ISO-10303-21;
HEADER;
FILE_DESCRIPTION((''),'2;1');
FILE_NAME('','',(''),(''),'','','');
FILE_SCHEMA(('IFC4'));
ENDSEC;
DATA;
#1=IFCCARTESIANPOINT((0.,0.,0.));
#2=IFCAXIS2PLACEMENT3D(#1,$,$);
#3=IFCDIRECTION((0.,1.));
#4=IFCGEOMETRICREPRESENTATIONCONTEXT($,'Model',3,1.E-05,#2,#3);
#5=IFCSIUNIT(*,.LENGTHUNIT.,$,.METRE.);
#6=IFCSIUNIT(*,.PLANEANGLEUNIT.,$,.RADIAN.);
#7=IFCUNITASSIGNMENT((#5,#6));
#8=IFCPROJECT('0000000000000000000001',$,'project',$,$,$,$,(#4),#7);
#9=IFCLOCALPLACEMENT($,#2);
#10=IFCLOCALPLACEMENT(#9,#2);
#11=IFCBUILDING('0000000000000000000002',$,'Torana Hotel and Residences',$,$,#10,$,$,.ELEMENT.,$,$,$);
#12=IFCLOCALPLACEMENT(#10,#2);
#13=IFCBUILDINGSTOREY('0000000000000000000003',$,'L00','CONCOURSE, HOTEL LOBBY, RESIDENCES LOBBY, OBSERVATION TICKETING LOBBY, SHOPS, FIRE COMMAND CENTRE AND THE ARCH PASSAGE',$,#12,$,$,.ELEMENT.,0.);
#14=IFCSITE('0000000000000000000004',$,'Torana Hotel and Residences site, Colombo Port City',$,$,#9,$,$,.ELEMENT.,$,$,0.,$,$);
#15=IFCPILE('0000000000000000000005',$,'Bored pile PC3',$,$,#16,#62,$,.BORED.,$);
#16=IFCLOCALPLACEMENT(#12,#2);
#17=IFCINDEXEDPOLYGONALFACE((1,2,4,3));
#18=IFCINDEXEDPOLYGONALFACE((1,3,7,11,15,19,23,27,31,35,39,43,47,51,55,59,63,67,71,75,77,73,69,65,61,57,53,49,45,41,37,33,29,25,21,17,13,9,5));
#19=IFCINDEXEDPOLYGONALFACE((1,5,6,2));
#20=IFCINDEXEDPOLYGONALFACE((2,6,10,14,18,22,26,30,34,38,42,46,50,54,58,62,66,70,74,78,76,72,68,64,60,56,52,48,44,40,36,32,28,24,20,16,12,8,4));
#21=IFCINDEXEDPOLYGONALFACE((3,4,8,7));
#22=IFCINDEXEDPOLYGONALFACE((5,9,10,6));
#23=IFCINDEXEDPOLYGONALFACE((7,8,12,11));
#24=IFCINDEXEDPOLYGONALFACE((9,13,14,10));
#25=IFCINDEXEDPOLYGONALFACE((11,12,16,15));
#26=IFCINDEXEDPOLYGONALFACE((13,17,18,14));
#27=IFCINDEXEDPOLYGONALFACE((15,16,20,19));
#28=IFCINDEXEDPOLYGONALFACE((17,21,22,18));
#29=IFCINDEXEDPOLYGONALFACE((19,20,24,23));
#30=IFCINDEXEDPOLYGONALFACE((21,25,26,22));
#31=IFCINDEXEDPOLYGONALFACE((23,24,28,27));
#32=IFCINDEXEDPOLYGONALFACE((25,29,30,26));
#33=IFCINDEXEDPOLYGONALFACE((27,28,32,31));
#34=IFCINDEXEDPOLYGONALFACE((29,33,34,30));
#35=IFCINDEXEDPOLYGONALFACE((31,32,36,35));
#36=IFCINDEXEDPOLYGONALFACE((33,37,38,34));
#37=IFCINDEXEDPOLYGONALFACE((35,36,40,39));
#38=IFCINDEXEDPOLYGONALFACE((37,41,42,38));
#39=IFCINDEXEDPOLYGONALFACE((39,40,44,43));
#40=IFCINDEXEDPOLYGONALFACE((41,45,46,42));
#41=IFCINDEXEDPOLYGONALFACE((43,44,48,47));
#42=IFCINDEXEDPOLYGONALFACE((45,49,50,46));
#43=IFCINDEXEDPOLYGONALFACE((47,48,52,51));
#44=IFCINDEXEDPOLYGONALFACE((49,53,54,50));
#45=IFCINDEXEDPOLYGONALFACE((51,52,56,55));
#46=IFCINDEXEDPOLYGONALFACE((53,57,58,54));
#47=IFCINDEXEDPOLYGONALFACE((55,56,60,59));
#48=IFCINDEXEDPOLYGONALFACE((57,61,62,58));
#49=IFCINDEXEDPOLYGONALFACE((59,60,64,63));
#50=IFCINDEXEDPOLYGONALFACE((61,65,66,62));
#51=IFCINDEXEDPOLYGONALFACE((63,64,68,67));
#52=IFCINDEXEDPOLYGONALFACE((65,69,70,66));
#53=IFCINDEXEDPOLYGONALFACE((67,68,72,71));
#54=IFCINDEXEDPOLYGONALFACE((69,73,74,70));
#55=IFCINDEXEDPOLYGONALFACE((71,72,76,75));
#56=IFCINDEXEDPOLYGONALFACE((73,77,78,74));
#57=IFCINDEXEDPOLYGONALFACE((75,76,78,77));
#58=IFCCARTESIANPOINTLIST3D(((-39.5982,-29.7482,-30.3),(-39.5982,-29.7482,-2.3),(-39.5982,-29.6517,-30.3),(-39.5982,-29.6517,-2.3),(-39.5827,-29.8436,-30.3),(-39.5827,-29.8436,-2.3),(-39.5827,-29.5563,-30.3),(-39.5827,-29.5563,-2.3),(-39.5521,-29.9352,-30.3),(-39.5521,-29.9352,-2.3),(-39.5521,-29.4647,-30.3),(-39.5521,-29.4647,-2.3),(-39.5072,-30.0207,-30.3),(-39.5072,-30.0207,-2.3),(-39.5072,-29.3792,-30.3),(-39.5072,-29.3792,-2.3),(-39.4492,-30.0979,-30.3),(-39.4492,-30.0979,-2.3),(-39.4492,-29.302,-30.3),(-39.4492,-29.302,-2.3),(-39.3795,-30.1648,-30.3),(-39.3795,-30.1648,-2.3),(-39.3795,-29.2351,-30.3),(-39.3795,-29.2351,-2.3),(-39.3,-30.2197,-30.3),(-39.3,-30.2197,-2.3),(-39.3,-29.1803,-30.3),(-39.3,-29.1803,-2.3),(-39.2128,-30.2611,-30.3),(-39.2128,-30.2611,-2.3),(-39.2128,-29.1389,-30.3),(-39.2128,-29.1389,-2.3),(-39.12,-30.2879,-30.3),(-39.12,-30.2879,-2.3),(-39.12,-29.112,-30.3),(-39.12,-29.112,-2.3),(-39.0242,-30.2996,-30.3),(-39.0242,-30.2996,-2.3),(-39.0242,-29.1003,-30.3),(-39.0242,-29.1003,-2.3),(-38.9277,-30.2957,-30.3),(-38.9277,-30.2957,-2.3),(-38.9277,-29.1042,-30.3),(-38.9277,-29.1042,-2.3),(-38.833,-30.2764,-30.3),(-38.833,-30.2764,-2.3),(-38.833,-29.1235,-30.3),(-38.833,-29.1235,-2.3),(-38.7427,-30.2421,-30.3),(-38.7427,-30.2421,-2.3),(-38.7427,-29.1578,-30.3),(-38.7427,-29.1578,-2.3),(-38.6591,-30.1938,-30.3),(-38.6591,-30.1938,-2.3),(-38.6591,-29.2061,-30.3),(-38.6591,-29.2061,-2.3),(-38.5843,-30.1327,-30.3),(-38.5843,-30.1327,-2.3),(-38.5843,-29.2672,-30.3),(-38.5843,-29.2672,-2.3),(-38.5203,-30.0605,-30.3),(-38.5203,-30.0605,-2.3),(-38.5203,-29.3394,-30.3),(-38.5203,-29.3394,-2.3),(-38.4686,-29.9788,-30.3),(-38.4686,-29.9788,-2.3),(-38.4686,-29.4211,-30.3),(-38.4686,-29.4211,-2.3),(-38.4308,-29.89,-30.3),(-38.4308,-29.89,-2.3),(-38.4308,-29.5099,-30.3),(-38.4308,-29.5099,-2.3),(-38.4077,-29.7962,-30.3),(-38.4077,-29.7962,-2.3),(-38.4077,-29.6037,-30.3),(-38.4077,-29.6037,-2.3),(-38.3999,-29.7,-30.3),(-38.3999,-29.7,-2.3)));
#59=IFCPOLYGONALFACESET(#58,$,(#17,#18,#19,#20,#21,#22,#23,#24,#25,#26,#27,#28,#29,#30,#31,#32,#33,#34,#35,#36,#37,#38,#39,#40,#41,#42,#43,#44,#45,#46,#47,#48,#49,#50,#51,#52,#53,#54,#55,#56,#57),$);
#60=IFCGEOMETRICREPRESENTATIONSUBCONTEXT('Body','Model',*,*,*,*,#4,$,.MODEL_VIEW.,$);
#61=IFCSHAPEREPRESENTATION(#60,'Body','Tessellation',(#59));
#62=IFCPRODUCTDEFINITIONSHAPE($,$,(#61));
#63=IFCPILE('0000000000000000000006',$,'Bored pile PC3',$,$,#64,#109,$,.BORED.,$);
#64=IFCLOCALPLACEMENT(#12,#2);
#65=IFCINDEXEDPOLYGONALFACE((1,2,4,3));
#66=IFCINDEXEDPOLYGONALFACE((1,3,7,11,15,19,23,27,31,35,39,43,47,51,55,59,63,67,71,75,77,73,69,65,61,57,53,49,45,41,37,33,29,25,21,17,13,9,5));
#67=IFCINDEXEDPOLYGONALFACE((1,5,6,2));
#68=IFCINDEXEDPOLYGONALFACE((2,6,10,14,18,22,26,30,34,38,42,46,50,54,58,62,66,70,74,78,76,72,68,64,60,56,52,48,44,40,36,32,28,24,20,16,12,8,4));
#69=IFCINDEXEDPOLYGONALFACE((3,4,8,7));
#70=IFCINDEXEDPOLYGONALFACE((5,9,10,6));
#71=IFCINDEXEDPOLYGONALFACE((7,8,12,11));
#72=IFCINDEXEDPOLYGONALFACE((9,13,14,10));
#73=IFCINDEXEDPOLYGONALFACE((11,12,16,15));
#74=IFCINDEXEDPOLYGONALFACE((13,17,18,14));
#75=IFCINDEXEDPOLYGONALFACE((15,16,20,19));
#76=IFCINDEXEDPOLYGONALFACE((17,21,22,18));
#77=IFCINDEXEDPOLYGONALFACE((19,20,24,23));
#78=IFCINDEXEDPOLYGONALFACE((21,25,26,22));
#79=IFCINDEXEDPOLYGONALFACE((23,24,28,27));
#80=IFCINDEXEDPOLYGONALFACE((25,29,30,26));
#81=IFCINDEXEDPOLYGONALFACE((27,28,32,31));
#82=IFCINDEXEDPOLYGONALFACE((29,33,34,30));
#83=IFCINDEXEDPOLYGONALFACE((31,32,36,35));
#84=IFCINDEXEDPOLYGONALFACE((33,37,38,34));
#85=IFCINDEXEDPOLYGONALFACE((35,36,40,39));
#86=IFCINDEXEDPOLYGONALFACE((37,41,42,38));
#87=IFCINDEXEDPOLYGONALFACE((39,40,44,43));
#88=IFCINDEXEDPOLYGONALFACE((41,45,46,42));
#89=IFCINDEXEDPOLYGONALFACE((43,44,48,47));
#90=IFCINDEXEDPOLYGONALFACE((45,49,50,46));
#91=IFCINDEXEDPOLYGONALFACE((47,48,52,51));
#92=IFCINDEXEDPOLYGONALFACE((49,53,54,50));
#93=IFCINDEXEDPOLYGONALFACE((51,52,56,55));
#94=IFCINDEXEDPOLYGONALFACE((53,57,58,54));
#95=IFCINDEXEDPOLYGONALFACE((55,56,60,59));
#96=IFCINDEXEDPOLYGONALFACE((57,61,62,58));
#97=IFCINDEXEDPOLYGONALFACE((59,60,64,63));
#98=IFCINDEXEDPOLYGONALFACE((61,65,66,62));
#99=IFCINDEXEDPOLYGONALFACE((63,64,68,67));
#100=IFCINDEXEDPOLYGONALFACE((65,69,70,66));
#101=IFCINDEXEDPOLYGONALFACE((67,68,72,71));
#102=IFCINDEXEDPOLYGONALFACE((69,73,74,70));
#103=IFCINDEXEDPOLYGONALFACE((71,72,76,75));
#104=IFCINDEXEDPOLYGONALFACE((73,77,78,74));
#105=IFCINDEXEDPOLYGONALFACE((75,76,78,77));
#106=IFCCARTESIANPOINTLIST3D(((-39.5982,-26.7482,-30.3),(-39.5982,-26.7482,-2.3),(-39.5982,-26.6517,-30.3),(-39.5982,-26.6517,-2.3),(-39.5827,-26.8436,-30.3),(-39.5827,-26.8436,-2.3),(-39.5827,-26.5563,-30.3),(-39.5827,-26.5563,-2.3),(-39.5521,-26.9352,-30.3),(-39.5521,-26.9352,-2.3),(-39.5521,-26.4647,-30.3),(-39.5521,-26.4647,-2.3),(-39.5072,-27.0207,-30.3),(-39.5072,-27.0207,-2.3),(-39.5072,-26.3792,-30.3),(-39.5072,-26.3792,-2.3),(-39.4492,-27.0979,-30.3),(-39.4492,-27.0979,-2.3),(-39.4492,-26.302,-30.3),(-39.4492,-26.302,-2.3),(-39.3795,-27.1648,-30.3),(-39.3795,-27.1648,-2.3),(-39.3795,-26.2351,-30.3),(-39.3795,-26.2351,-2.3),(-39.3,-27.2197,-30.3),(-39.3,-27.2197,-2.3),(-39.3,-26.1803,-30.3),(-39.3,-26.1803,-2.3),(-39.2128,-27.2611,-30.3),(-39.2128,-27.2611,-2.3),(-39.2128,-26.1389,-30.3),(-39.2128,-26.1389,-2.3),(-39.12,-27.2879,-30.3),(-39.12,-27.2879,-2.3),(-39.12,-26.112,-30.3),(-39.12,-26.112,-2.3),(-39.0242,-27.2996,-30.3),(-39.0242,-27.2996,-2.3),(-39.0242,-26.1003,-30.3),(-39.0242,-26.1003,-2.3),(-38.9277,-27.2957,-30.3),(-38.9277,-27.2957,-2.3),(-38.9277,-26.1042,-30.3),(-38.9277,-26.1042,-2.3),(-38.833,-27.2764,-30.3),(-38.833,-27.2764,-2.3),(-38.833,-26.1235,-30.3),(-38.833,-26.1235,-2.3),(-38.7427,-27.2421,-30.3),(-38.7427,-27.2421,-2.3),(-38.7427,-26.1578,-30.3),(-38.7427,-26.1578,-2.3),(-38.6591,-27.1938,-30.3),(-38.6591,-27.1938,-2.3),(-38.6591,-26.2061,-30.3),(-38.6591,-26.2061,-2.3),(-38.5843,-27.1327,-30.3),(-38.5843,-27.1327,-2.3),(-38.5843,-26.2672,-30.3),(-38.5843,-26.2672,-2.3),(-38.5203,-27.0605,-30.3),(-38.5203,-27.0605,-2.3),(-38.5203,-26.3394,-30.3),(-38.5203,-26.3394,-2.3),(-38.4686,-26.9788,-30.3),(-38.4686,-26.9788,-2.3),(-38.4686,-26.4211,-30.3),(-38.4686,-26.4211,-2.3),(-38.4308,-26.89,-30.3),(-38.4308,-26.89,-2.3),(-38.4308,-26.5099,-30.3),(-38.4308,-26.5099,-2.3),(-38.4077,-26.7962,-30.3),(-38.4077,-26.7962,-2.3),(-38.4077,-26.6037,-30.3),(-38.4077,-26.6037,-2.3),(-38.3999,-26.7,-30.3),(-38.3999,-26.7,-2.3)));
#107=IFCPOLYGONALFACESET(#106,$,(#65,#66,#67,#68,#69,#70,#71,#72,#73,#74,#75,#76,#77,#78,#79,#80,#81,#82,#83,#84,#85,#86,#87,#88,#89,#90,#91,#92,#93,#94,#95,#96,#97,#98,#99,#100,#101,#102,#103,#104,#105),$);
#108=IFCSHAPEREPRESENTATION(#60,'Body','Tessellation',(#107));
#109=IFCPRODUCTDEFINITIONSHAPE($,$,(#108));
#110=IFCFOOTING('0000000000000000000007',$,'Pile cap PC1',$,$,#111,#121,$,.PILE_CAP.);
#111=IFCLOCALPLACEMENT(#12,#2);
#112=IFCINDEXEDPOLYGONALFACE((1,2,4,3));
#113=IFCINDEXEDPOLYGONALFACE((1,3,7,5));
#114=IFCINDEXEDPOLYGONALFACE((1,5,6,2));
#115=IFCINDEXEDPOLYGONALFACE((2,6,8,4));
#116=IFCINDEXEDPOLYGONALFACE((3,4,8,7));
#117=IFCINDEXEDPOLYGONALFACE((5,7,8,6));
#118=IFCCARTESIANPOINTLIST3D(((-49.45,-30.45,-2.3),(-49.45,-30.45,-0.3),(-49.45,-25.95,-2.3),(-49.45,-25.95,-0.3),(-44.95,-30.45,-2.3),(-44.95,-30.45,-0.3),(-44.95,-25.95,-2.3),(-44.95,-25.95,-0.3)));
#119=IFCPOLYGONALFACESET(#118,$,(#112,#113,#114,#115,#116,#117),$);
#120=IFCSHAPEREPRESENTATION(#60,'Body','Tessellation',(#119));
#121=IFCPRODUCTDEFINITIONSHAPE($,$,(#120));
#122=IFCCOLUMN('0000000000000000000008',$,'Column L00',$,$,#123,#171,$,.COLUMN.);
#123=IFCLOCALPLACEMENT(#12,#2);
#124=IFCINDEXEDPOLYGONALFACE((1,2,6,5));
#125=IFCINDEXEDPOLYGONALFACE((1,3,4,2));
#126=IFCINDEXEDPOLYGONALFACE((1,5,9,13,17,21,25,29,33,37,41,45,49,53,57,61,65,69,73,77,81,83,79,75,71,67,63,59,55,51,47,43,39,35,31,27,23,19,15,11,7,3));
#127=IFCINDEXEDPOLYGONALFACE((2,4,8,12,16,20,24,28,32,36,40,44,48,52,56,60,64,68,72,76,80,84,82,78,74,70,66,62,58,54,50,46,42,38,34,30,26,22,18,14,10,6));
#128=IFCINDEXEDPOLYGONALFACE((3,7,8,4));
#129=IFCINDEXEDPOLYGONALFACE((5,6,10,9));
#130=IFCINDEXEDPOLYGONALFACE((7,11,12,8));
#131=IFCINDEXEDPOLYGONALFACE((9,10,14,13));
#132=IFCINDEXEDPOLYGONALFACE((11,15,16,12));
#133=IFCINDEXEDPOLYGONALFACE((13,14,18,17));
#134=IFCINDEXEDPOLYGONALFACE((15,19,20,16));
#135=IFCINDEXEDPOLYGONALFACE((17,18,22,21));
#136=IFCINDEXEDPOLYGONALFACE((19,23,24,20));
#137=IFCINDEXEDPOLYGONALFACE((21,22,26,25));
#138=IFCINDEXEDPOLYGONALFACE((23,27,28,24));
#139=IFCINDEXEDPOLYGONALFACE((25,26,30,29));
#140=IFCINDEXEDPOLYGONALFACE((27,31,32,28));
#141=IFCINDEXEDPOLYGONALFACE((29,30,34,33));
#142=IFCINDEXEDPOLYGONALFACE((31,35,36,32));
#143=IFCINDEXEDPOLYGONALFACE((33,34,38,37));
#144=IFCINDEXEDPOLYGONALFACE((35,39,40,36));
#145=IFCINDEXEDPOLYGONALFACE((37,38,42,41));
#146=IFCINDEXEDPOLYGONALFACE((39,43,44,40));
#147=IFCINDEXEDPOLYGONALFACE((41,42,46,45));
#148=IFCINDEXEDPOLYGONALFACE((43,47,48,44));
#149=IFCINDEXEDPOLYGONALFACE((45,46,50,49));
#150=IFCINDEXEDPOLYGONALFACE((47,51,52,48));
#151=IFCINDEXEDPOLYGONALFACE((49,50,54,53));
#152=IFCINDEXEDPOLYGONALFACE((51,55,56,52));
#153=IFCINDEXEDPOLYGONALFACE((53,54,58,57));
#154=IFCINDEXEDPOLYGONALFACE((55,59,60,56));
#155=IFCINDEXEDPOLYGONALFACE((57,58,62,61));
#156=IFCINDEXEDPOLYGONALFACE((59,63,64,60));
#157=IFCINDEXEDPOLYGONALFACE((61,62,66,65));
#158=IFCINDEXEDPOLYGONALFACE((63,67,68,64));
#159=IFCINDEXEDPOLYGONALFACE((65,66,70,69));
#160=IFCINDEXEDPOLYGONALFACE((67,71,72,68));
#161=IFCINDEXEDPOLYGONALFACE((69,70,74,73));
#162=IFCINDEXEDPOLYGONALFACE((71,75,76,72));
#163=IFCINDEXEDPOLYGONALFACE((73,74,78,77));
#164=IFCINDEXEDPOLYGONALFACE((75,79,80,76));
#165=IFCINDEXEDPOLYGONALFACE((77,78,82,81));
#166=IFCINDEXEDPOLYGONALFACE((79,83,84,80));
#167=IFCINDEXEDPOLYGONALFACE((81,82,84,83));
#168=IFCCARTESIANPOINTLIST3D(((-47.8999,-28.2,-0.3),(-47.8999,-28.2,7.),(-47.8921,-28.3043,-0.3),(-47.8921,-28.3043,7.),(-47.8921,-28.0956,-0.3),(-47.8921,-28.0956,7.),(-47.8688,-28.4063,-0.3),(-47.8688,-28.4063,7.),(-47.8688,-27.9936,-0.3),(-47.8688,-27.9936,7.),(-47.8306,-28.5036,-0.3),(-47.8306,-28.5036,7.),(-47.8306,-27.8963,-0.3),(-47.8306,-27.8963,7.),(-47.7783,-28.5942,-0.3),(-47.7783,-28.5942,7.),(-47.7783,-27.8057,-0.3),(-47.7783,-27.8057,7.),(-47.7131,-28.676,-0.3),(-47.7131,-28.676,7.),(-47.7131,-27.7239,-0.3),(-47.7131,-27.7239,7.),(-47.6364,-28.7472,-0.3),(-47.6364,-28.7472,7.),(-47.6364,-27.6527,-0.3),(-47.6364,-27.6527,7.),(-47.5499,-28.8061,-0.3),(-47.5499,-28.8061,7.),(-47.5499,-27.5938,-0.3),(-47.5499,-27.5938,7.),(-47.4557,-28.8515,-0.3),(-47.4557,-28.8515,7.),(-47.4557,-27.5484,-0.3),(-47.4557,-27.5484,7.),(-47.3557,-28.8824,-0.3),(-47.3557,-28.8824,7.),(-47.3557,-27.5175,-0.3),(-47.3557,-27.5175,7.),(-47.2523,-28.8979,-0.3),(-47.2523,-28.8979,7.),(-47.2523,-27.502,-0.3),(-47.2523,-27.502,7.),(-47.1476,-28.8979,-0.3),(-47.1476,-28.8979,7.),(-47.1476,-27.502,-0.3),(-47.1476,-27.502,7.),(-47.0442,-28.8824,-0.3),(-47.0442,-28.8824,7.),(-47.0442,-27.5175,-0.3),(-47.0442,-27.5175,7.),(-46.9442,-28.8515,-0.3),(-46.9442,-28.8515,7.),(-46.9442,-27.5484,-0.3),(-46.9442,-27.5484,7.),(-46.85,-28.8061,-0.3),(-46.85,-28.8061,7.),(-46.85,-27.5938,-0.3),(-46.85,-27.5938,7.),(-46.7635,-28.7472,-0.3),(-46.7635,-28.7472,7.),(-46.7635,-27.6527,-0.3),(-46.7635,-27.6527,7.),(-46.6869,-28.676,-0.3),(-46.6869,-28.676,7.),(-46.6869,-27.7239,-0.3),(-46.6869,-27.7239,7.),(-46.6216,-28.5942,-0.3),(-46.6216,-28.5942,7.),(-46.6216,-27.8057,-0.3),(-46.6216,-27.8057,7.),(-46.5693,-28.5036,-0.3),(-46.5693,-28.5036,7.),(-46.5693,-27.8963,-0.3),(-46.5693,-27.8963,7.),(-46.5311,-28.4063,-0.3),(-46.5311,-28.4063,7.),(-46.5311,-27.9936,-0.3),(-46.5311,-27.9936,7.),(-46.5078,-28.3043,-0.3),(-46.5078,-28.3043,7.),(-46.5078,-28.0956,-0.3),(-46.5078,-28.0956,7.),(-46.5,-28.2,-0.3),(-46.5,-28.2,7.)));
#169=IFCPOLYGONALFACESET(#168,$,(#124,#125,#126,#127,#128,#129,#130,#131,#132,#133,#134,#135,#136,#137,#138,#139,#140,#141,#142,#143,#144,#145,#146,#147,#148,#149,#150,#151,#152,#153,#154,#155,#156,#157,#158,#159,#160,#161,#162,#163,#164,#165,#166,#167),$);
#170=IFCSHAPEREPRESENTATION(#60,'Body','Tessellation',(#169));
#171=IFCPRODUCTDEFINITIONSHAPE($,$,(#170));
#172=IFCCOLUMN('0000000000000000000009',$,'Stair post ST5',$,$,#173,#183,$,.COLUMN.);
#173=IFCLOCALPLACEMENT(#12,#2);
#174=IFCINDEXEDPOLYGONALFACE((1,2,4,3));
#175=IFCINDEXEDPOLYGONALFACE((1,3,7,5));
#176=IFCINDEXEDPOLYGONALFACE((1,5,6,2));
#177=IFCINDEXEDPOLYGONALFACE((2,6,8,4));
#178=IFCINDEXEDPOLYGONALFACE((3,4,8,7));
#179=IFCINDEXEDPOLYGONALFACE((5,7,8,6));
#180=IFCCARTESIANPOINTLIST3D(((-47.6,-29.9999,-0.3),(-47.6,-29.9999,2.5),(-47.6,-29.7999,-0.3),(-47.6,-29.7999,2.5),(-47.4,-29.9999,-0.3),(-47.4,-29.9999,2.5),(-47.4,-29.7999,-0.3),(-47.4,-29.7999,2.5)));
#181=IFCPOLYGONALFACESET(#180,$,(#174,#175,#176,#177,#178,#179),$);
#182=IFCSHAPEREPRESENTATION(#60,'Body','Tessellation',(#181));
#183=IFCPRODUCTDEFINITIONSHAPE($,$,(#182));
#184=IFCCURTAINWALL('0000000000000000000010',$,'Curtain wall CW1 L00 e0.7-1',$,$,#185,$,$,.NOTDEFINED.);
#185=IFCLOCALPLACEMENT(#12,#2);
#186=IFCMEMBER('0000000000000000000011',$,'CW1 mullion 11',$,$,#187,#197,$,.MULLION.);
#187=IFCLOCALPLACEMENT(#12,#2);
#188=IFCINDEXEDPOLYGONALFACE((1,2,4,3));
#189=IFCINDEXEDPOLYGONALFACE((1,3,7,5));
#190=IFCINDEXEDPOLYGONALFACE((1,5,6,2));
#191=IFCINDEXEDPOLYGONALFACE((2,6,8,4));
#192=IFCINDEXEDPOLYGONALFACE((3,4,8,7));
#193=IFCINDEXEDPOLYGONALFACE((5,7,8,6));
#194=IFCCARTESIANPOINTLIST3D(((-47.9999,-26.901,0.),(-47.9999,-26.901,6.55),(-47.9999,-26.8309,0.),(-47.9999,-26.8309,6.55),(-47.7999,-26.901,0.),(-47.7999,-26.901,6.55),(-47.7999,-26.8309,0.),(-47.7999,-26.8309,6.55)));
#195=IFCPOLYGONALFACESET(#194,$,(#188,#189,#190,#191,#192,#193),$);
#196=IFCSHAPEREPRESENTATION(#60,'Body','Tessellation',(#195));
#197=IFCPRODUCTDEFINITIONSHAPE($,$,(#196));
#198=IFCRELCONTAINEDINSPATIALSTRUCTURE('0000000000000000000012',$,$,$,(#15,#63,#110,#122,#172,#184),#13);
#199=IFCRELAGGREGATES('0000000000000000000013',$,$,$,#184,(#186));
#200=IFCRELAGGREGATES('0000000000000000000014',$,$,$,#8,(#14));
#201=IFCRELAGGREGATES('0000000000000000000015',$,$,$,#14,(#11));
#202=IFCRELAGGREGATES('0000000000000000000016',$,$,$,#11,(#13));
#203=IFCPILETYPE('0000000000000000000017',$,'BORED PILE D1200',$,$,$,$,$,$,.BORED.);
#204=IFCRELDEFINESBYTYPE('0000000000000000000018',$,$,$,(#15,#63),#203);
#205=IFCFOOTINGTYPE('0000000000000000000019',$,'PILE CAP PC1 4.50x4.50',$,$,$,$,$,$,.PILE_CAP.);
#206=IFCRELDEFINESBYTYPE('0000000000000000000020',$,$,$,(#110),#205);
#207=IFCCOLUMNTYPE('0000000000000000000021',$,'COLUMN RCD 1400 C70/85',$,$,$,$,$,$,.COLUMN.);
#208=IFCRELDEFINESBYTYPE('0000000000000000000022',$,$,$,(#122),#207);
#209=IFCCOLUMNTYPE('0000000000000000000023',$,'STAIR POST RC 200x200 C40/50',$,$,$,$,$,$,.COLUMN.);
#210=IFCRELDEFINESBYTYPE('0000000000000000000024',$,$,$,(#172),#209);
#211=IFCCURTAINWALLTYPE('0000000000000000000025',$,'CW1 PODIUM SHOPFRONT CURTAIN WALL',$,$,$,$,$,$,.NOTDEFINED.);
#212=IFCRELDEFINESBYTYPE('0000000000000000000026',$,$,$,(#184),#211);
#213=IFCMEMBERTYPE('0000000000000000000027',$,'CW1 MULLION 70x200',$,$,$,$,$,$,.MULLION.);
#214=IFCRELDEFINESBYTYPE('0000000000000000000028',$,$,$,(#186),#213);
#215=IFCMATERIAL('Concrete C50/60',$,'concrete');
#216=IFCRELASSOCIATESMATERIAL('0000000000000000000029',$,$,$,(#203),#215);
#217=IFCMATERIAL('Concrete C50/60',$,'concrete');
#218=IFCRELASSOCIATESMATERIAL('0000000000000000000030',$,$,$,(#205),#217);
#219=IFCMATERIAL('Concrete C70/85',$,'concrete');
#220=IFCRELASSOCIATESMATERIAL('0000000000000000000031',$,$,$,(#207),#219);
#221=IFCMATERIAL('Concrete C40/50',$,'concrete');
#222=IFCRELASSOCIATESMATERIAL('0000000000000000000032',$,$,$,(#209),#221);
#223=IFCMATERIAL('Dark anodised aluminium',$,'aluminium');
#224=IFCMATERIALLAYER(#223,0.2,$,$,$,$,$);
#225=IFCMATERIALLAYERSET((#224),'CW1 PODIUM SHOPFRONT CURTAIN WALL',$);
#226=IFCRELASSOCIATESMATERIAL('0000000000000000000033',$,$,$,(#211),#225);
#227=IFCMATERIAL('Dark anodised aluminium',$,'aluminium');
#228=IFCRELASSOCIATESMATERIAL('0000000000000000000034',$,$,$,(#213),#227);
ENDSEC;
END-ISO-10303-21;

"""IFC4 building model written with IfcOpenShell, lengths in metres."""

from ifc_helpers import new_model, si_unit, direction, frame, origin, origin_2d, place, context, subcontext, project, spatial, rectangle, circle, extrude, material, layer, layer_set, material_profile, profile_set, type_object, element, aggregate, save


model = new_model("IFC4")

# Units and contexts
model_context = context("Model", 3, precision=1e-05, world=origin(), true_north=direction((0.0, 1.0)))
body_context = subcontext(model_context, "Body", "Model", "MODEL_VIEW")
ifc_project = project(units=[si_unit("LENGTHUNIT", "METRE"), si_unit("PLANEANGLEUNIT", "RADIAN")], contexts=[model_context])

# Site, building, storey
site_placement = place(None, origin())
site = spatial("IfcSite", under=ifc_project, at=site_placement, Name="Torana Hotel and Residences site, Colombo Port City", CompositionType="ELEMENT", RefElevation=0.0)
building_placement = place(site_placement, origin())
building = spatial("IfcBuilding", under=site, at=building_placement, Name="Torana Hotel and Residences", CompositionType="ELEMENT")
storey_placement = place(building_placement, origin())
storey = spatial("IfcBuildingStorey", under=building, at=storey_placement, Name="L00", Description="CONCOURSE, HOTEL LOBBY, RESIDENCES LOBBY, OBSERVATION TICKETING LOBBY, SHOPS, FIRE COMMAND CENTRE AND THE ARCH PASSAGE", CompositionType="ELEMENT", Elevation=0.0)

# Piles
ifc_material_1 = material(Name="Concrete C50/60", Category="concrete")
pile_type = type_object("IfcPileType", Name="BORED PILE D1200", PredefinedType="BORED", material=ifc_material_1)
for number, where, z_axis, x_axis, name in (
    (1, (-39.0, -29.7, -2.3), (0.0, 0.0, -1.0), (1.0, 0.0, 0.0), "Bored pile PC3"),
    (2, (-39.0, -26.7, -2.3), (0.0, 0.0, -1.0), (1.0, 0.0, 0.0), "Bored pile PC3"),
):
    element("IfcPile", number, at=place(storey_placement, frame(where, z_axis=z_axis, x_axis=x_axis)), inside=storey, type_object=pile_type, Name=name, PredefinedType="BORED", context=body_context, shape_type="SweptSolid", body=[
        extrude(circle(Radius=0.6001, at=origin_2d()), origin(), (0.0, 0.0, 1.0), 28.0),
    ])

# Footing
ifc_material_2 = material(Name="Concrete C50/60", Category="concrete")
footing_type = type_object("IfcFootingType", Name="PILE CAP PC1 4.50x4.50", PredefinedType="PILE_CAP", material=ifc_material_2)
footing_placement = place(storey_placement, frame((-47.2, -28.2, -2.3), z_axis=(0.0, 0.0, 1.0), x_axis=(1.0, 0.0, 0.0)))
element("IfcFooting", 3, at=footing_placement, inside=storey, type_object=footing_type, Name="Pile cap PC1", PredefinedType="PILE_CAP", context=body_context, shape_type="SweptSolid", body=[
    extrude(rectangle(XDim=4.5, YDim=4.5, at=origin_2d()), origin(), (0.0, 0.0, 1.0), 2.0),
])

# Columns
ifc_material_3 = material(Name="Concrete C70/85", Category="concrete")
ifc_material_profile_1 = material_profile(ifc_material_3, circle(Radius=0.7, at=origin_2d()), Name="RCD 1400")
ifc_profile_set_1 = profile_set([ifc_material_profile_1], Name="Concrete C70/85")
column_type_1 = type_object("IfcColumnType", Name="COLUMN RCD 1400 C70/85", PredefinedType="COLUMN", material=ifc_profile_set_1)
column_1_placement = place(storey_placement, frame((-47.2, -28.2, -0.3), z_axis=(0.0, 0.0, 1.0), x_axis=(1.0, 0.0, 0.0)))
element("IfcColumn", 4, at=column_1_placement, inside=storey, type_object=column_type_1, Name="Column L00", PredefinedType="COLUMN", context=body_context, shape_type="SweptSolid", body=[
    extrude(circle(Radius=0.7, at=origin_2d()), origin(), (0.0, 0.0, 1.0), 7.3),
])
ifc_material_4 = material(Name="Concrete C40/50", Category="concrete")
ifc_material_profile_2 = material_profile(ifc_material_4, rectangle(XDim=0.2, YDim=0.2, at=origin_2d()), Name="RC 200x200")
ifc_profile_set_2 = profile_set([ifc_material_profile_2], Name="Concrete C40/50")
column_type_2 = type_object("IfcColumnType", Name="STAIR POST RC 200x200 C40/50", PredefinedType="COLUMN", material=ifc_profile_set_2)
column_2_placement = place(storey_placement, frame((-47.5, -29.8999, -0.3), z_axis=(0.0, 0.0, 1.0), x_axis=(1.0, 0.0, 0.0)))
element("IfcColumn", 5, at=column_2_placement, inside=storey, type_object=column_type_2, Name="Stair post ST5", PredefinedType="COLUMN", context=body_context, shape_type="SweptSolid", body=[
    extrude(rectangle(XDim=0.2, YDim=0.2, at=origin_2d()), origin(), (0.0, 0.0, 1.0), 2.8),
])

# Curtain wall, member
ifc_material_5 = material(Name="Dark anodised aluminium", Category="aluminium")
ifc_layer_1 = layer(ifc_material_5, 0.2)
ifc_layer_set_1 = layer_set([ifc_layer_1], Name="CW1 PODIUM SHOPFRONT CURTAIN WALL")
curtain_wall_type = type_object("IfcCurtainWallType", Name="CW1 PODIUM SHOPFRONT CURTAIN WALL", PredefinedType="NOTDEFINED", material=ifc_layer_set_1)
curtain_wall_placement = place(storey_placement, origin())
curtain_wall = element("IfcCurtainWall", 6, at=curtain_wall_placement, inside=storey, type_object=curtain_wall_type, Name="Curtain wall CW1 L00 e0.7-1", PredefinedType="NOTDEFINED")
ifc_material_6 = material(Name="Dark anodised aluminium", Category="aluminium")
ifc_material_profile_3 = material_profile(ifc_material_6, rectangle(XDim=0.2, YDim=0.0701, at=origin_2d()), Name="CW1 MULLION 70x200")
ifc_profile_set_3 = profile_set([ifc_material_profile_3], Name="Dark anodised aluminium")
member_type_1 = type_object("IfcMemberType", Name="CW1 MULLION 70x200", PredefinedType="MULLION", material=ifc_profile_set_3)
member_1_placement = place(storey_placement, frame((-47.8999, -26.866, 0.0), z_axis=(0.0, 0.0, 1.0), x_axis=(1.0, 0.0, 0.0)))
member_1 = element("IfcMember", 7, at=member_1_placement, type_object=member_type_1, Name="CW1 mullion 11", PredefinedType="MULLION", context=body_context, shape_type="SweptSolid", body=[
    extrude(rectangle(XDim=0.2, YDim=0.0701, at=origin_2d()), origin(), (0.0, 0.0, 1.0), 6.55),
])
aggregate(curtain_wall, [member_1])

save(model, "model.ifc")
